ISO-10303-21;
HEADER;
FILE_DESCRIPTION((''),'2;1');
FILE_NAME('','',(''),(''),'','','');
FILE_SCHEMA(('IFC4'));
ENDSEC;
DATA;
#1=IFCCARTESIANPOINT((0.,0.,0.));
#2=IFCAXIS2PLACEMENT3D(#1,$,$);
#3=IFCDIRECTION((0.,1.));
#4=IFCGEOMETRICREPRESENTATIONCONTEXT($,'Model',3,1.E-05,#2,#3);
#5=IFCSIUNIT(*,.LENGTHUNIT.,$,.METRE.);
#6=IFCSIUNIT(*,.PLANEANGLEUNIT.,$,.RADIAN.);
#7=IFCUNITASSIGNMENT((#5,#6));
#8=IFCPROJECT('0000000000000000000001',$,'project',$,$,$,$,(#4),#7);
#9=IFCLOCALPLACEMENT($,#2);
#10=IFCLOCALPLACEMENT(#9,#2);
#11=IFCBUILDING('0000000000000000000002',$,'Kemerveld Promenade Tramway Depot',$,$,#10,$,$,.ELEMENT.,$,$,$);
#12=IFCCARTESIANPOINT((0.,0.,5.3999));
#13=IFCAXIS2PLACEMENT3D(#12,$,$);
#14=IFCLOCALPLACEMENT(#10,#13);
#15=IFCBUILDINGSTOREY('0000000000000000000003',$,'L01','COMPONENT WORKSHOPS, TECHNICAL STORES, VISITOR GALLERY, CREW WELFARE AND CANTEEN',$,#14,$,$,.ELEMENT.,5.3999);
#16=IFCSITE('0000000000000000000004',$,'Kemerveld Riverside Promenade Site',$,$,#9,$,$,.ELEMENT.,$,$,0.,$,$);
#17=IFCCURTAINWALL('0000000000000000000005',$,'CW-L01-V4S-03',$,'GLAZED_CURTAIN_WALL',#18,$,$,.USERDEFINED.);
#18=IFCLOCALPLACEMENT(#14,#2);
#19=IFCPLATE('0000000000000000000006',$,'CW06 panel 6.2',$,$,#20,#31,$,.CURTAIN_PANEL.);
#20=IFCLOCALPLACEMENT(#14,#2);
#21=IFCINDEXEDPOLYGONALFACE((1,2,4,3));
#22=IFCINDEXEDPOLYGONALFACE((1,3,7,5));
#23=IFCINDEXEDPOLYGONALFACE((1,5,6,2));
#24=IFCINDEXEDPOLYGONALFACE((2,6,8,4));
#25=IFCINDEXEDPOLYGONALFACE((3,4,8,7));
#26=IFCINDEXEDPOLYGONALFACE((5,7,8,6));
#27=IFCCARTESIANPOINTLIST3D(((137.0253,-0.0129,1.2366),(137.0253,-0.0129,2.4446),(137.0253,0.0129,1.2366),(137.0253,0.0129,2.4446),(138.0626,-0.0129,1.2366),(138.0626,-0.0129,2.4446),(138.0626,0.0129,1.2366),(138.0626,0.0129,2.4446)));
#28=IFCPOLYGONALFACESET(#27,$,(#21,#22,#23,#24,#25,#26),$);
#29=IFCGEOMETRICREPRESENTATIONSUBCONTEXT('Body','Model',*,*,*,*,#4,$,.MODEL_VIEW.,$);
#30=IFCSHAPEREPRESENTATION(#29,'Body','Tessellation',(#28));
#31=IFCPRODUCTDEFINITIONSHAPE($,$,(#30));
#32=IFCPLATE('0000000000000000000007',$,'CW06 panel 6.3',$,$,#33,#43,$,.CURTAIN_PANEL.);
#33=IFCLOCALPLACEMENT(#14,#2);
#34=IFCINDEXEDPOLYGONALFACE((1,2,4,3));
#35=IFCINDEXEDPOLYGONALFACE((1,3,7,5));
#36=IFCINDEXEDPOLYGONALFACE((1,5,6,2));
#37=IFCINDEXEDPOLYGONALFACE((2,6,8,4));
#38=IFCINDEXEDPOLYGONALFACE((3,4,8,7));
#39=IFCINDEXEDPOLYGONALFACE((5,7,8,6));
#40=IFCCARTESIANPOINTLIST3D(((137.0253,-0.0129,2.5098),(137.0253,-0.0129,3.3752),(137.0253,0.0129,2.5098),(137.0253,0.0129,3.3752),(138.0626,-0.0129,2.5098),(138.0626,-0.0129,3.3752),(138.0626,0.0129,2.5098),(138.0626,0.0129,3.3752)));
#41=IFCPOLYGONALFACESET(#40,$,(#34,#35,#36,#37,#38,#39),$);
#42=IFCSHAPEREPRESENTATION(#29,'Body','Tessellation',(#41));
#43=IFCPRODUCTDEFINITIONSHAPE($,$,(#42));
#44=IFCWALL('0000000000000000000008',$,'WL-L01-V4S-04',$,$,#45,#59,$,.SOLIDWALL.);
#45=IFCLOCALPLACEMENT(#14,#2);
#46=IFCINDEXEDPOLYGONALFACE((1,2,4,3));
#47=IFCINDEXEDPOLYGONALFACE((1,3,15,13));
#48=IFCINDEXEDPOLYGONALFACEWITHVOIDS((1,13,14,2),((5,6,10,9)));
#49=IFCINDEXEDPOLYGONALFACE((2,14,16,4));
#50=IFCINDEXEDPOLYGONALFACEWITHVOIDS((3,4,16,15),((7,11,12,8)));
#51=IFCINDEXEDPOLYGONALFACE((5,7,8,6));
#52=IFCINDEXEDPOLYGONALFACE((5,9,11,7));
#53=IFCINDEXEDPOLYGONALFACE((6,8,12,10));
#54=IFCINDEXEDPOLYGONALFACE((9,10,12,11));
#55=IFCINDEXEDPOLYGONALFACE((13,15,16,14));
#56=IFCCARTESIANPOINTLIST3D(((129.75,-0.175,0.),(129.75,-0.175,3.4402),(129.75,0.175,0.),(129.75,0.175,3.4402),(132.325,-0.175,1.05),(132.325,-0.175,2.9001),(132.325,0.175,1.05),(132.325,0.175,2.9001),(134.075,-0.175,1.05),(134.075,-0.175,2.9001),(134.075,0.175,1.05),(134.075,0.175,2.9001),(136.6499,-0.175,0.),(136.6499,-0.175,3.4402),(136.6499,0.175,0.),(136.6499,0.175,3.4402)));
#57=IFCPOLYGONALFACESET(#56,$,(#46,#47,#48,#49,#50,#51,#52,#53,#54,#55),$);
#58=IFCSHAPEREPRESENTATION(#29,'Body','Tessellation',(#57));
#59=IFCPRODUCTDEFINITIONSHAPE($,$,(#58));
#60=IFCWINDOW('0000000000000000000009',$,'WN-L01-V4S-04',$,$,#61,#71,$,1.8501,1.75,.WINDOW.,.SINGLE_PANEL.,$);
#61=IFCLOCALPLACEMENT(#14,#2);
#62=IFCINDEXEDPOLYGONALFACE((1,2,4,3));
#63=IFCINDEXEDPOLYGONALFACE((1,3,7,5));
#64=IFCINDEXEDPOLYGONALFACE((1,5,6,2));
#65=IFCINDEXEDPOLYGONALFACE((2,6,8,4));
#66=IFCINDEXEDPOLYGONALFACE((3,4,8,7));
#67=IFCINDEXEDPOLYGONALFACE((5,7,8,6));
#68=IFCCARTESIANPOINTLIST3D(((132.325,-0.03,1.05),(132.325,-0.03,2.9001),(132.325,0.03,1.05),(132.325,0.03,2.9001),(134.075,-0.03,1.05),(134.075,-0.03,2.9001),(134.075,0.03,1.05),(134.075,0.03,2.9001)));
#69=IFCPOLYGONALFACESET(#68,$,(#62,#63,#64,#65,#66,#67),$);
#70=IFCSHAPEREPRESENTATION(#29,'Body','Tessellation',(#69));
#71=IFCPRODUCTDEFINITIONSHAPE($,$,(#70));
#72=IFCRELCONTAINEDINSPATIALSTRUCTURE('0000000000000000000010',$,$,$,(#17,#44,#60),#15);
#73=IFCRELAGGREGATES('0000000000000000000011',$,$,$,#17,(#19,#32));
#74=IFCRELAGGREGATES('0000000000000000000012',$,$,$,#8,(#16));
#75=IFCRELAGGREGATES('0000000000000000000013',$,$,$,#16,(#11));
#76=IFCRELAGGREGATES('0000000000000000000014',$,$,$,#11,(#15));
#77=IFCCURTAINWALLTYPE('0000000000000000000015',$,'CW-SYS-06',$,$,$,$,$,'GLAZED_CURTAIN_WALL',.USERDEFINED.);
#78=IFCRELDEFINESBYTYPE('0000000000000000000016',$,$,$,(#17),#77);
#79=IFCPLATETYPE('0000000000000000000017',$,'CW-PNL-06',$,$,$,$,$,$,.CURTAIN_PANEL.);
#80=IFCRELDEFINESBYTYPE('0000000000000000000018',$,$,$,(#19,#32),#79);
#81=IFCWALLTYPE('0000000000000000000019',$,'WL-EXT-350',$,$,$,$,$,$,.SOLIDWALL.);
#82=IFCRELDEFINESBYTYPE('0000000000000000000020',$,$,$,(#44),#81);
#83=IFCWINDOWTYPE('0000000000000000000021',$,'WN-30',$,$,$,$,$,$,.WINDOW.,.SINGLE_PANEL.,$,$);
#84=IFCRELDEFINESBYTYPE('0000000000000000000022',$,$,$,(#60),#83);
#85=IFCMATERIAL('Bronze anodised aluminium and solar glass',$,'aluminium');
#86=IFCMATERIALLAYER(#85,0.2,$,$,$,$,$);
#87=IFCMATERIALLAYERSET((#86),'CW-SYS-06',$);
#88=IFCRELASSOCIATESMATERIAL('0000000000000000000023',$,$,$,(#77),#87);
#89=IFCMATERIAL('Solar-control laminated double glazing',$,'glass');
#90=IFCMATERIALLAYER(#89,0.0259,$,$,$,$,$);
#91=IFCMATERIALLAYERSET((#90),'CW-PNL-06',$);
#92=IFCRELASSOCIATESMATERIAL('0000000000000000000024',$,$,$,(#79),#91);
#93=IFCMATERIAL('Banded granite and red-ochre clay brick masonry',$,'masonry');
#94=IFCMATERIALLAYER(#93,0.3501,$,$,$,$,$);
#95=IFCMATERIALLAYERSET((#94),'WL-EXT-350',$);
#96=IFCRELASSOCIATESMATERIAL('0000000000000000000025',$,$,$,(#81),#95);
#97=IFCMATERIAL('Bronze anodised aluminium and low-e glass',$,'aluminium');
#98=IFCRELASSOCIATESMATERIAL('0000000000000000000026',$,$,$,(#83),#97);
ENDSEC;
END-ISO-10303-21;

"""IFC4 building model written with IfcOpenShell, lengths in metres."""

from ifc_helpers import new_model, si_unit, direction, frame, frame_2d, origin, origin_2d, place, context, subcontext, project, spatial, rectangle, extrude, material, layer, layer_set, type_object, element, fill, aggregate, save


model = new_model("IFC4")

# Units and contexts
model_context = context("Model", 3, precision=1e-05, world=origin(), true_north=direction((0.0, 1.0)))
body_context = subcontext(model_context, "Body", "Model", "MODEL_VIEW")
ifc_project = project(units=[si_unit("LENGTHUNIT", "METRE"), si_unit("PLANEANGLEUNIT", "RADIAN")], contexts=[model_context])

# Site, building, storey
site_placement = place(None, origin())
site = spatial("IfcSite", under=ifc_project, at=site_placement, Name="Kemerveld Riverside Promenade Site", CompositionType="ELEMENT", RefElevation=0.0)
building_placement = place(site_placement, origin())
building = spatial("IfcBuilding", under=site, at=building_placement, Name="Kemerveld Promenade Tramway Depot", CompositionType="ELEMENT")
storey_placement = place(building_placement, frame((0.0, 0.0, 5.3999)))
storey = spatial("IfcBuildingStorey", under=building, at=storey_placement, Name="L01", Description="COMPONENT WORKSHOPS, TECHNICAL STORES, VISITOR GALLERY, CREW WELFARE AND CANTEEN", CompositionType="ELEMENT", Elevation=5.3999)

# Curtain wall, plates
ifc_material_1 = material(Name="Bronze anodised aluminium and solar glass", Category="aluminium")
ifc_layer_1 = layer(ifc_material_1, 0.2)
ifc_layer_set_1 = layer_set([ifc_layer_1], Name="CW-SYS-06")
curtain_wall_type = type_object("IfcCurtainWallType", Name="CW-SYS-06", ElementType="GLAZED_CURTAIN_WALL", PredefinedType="USERDEFINED", material=ifc_layer_set_1)
curtain_wall_placement = place(storey_placement, origin())
curtain_wall = element("IfcCurtainWall", 1, at=curtain_wall_placement, inside=storey, type_object=curtain_wall_type, Name="CW-L01-V4S-03", ObjectType="GLAZED_CURTAIN_WALL", PredefinedType="USERDEFINED")
ifc_material_2 = material(Name="Solar-control laminated double glazing", Category="glass")
ifc_layer_2 = layer(ifc_material_2, 0.0259)
ifc_layer_set_2 = layer_set([ifc_layer_2], Name="CW-PNL-06")
plate_type = type_object("IfcPlateType", Name="CW-PNL-06", PredefinedType="CURTAIN_PANEL", material=ifc_layer_set_2)
plate_1_placement = place(storey_placement, frame((137.5439, 0.0, 1.2366), z_axis=(0.0, 0.0, 1.0), x_axis=(-1.0, 0.0, 0.0)))
plate_1 = element("IfcPlate", 2, at=plate_1_placement, type_object=plate_type, Name="CW06 panel 6.2", PredefinedType="CURTAIN_PANEL", context=body_context, shape_type="SweptSolid", body=[
    extrude(rectangle(XDim=1.0374, YDim=0.0259, at=origin_2d()), origin(), (0.0, 0.0, 1.0), 1.208),
])
plate_2_placement = place(storey_placement, frame((137.5439, 0.0, 2.5098), z_axis=(0.0, 0.0, 1.0), x_axis=(-1.0, 0.0, 0.0)))
plate_2 = element("IfcPlate", 3, at=plate_2_placement, type_object=plate_type, Name="CW06 panel 6.3", PredefinedType="CURTAIN_PANEL", context=body_context, shape_type="SweptSolid", body=[
    extrude(rectangle(XDim=1.0374, YDim=0.0259, at=origin_2d()), origin(), (0.0, 0.0, 1.0), 0.8655),
])
aggregate(curtain_wall, [plate_1, plate_2])

# Wall, opening, window
ifc_material_3 = material(Name="Banded granite and red-ochre clay brick masonry", Category="masonry")
ifc_layer_3 = layer(ifc_material_3, 0.3501)
ifc_layer_set_3 = layer_set([ifc_layer_3], Name="WL-EXT-350")
wall_type = type_object("IfcWallType", Name="WL-EXT-350", PredefinedType="SOLIDWALL", material=ifc_layer_set_3)
wall_placement = place(storey_placement, frame((136.6499, 0.0, 0.0), z_axis=(0.0, 0.0, 1.0), x_axis=(-1.0, 0.0, 0.0)))
wall = element("IfcWall", 4, at=wall_placement, inside=storey, type_object=wall_type, Name="WL-L01-V4S-04", PredefinedType="SOLIDWALL", context=body_context, shape_type="SweptSolid", body=[
    extrude(rectangle(XDim=6.8999, YDim=0.3501, at=frame_2d((3.45, 0.0))), origin(), (0.0, 0.0, 1.0), 3.4402),
])
opening_placement = place(wall_placement, frame((2.575, 0.0, 1.05)))
opening = element("IfcOpeningElement", 5, at=opening_placement, cuts=wall, PredefinedType="OPENING", context=body_context, shape_type="SweptSolid", body=[
    extrude(rectangle(XDim=1.75, YDim=1.8501, at=frame_2d((0.875, 0.925))), frame((0.0, 0.1851, 0.0), z_axis=(0.0, -1.0, 0.0), x_axis=(1.0, 0.0, 0.0)), (0.0, 0.0, 1.0), 0.3701),
])
ifc_material_4 = material(Name="Bronze anodised aluminium and low-e glass", Category="aluminium")
window_type = type_object("IfcWindowType", Name="WN-30", PartitioningType="SINGLE_PANEL", PredefinedType="WINDOW", material=ifc_material_4)
window_placement = place(opening_placement, origin())
window = element("IfcWindow", 6, at=window_placement, inside=storey, type_object=window_type, Name="WN-L01-V4S-04", OverallHeight=1.8501, OverallWidth=1.75, PartitioningType="SINGLE_PANEL", PredefinedType="WINDOW", context=body_context, shape_type="SweptSolid", body=[
    extrude(rectangle(XDim=1.75, YDim=1.8501, at=frame_2d((0.875, 0.925))), frame((0.0, 0.03, 0.0), z_axis=(0.0, -1.0, 0.0), x_axis=(1.0, 0.0, 0.0)), (0.0, 0.0, 1.0), 0.0601),
])
fill(opening, window)

save(model, "model.ifc")
